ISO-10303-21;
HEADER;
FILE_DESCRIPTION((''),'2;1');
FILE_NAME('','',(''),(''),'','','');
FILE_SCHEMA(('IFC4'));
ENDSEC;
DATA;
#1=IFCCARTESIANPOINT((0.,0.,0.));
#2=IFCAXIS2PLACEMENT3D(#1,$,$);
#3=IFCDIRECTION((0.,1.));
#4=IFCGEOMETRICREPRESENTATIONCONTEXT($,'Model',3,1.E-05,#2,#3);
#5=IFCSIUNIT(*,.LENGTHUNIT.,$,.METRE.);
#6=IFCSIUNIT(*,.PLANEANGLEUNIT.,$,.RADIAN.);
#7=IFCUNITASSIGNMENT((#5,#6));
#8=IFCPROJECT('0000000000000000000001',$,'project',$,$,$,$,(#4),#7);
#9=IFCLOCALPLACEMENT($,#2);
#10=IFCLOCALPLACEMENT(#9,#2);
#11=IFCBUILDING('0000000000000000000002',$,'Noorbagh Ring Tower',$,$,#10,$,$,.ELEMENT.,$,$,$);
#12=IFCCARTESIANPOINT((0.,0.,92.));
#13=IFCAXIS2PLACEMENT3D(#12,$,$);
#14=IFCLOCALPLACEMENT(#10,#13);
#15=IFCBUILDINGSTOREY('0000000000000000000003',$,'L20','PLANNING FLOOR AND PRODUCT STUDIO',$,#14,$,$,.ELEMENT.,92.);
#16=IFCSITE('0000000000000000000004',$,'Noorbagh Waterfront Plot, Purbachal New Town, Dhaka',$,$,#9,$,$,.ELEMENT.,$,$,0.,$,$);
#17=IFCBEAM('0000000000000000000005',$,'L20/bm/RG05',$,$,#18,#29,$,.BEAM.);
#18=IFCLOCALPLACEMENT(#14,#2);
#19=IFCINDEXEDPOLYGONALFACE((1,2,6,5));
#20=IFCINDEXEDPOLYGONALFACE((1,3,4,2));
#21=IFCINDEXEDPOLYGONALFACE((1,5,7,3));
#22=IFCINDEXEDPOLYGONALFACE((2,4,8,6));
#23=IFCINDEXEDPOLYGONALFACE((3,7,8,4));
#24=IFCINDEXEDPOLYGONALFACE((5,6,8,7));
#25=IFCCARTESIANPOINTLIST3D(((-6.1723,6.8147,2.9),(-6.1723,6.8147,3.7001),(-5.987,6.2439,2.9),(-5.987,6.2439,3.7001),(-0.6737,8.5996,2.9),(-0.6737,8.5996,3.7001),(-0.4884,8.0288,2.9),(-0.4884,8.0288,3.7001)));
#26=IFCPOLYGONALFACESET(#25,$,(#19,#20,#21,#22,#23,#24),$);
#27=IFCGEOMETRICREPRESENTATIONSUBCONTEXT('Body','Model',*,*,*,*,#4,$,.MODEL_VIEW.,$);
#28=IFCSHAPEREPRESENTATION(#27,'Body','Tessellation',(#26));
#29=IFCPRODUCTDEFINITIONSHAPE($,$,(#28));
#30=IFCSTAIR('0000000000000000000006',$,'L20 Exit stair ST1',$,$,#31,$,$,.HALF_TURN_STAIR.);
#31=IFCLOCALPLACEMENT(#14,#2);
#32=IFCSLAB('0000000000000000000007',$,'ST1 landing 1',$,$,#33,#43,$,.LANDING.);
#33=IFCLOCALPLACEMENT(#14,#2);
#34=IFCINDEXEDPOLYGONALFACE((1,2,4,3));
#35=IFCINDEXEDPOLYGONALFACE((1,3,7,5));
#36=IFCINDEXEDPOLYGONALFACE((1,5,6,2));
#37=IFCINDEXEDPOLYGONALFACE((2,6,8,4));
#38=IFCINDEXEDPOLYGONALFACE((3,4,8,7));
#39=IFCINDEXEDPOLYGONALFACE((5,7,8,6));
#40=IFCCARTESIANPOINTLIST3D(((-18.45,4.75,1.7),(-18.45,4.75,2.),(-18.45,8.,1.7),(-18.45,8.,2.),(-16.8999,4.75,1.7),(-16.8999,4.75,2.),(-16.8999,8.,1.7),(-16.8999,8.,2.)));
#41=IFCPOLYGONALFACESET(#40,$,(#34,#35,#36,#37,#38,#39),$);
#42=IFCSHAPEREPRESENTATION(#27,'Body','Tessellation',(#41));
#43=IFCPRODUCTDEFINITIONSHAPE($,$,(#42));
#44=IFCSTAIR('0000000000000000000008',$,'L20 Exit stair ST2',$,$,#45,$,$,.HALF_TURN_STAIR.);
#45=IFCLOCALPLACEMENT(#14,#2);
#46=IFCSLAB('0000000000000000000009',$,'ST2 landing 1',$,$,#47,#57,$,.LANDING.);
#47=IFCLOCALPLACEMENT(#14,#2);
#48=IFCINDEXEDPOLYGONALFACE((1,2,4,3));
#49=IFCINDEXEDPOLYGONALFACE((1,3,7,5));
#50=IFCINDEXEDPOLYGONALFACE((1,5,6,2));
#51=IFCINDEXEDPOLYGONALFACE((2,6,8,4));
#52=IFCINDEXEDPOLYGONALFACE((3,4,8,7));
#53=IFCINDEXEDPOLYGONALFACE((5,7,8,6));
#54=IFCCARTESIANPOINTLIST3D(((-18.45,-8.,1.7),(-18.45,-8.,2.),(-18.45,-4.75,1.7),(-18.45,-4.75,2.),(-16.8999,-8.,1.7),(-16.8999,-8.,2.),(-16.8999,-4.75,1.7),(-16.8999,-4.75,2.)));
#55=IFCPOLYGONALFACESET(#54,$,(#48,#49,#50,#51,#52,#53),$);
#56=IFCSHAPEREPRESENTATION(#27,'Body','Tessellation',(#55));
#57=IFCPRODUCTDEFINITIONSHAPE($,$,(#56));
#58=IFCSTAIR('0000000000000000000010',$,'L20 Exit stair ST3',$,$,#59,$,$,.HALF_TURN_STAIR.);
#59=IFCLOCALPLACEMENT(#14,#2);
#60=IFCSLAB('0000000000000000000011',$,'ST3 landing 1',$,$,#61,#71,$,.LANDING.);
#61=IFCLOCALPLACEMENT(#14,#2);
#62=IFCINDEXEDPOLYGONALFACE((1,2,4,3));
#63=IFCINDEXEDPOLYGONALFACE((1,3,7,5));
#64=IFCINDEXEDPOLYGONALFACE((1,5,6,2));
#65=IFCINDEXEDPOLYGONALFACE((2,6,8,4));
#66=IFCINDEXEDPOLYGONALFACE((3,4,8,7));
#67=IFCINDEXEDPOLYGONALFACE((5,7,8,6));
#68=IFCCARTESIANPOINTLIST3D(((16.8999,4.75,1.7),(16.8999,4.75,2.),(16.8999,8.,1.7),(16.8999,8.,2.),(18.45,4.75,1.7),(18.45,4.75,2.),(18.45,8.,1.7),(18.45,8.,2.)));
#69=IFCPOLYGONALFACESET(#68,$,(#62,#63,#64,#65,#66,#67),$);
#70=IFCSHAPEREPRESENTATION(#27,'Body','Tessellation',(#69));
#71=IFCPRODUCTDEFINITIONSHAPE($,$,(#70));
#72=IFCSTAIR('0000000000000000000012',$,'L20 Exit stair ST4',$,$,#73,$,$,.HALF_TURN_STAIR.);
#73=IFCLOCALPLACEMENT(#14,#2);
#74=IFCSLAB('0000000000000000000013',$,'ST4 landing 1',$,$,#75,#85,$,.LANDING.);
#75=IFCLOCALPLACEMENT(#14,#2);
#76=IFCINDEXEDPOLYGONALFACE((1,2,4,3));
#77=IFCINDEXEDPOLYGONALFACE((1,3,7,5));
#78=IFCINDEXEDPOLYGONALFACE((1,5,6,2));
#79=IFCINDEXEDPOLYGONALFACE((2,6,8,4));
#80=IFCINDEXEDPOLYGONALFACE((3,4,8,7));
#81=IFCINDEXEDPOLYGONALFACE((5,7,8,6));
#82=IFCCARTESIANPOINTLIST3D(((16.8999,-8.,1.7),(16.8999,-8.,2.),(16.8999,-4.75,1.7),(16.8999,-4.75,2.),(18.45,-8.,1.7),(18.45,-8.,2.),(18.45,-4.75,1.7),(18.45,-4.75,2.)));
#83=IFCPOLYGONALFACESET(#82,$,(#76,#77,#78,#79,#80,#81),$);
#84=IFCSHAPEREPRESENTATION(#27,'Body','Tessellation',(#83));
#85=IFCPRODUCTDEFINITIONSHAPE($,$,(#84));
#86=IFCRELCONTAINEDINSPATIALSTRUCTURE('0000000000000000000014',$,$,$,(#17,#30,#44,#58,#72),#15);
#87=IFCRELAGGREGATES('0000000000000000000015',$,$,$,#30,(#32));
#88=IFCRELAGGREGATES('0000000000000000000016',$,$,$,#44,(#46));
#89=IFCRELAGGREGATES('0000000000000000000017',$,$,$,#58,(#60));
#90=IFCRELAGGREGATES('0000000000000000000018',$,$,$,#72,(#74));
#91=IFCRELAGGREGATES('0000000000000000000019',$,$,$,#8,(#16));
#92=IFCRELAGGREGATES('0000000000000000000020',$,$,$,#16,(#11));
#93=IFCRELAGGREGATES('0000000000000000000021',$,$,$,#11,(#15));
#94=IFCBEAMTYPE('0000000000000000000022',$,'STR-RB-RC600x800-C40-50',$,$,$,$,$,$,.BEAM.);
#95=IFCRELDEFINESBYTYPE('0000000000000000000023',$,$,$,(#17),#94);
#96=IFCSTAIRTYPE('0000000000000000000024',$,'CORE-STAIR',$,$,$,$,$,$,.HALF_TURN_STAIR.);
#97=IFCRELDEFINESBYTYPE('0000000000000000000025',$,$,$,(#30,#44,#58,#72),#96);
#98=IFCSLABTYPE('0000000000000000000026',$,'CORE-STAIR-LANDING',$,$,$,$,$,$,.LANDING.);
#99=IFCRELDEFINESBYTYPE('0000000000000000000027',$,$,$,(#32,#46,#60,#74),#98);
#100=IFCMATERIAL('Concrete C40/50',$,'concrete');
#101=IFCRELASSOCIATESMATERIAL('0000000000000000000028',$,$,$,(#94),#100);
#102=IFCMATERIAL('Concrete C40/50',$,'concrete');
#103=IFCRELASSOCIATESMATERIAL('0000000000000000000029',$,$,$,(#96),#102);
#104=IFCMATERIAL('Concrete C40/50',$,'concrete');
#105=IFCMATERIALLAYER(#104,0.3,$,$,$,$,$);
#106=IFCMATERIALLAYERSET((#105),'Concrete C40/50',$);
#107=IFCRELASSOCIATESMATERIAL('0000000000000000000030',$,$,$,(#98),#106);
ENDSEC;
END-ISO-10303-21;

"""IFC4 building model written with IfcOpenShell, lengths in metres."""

from ifc_helpers import new_model, si_unit, direction, frame, origin, origin_2d, place, context, subcontext, project, spatial, polyline, rectangle, outline, extrude, material, layer, layer_set, material_profile, profile_set, type_object, element, aggregate, save


model = new_model("IFC4")

# Units and contexts
model_context = context("Model", 3, precision=1e-05, world=origin(), true_north=direction((0.0, 1.0)))
body_context = subcontext(model_context, "Body", "Model", "MODEL_VIEW")
ifc_project = project(units=[si_unit("LENGTHUNIT", "METRE"), si_unit("PLANEANGLEUNIT", "RADIAN")], contexts=[model_context])

# Site, building, storey
site_placement = place(None, origin())
site = spatial("IfcSite", under=ifc_project, at=site_placement, Name="Noorbagh Waterfront Plot, Purbachal New Town, Dhaka", CompositionType="ELEMENT", RefElevation=0.0)
building_placement = place(site_placement, origin())
building = spatial("IfcBuilding", under=site, at=building_placement, Name="Noorbagh Ring Tower", CompositionType="ELEMENT")
storey_placement = place(building_placement, frame((0.0, 0.0, 92.0)))
storey = spatial("IfcBuildingStorey", under=building, at=storey_placement, Name="L20", Description="PLANNING FLOOR AND PRODUCT STUDIO", CompositionType="ELEMENT", Elevation=92.0)

# Beam
ifc_material_1 = material(Name="Concrete C40/50", Category="concrete")
ifc_material_profile_1 = material_profile(ifc_material_1, rectangle(XDim=0.6001, YDim=0.8, at=origin_2d()), Name="RC600x800")
ifc_profile_set_1 = profile_set([ifc_material_profile_1], Name="Concrete C40/50")
beam_type = type_object("IfcBeamType", Name="STR-RB-RC600x800-C40-50", PredefinedType="BEAM", material=ifc_profile_set_1)
beam_placement = place(storey_placement, frame((-0.5811, 8.3142, 3.3), z_axis=(-0.951141, -0.308756, 0.0), x_axis=(0.308756, -0.951141, 0.0)))
element("IfcBeam", 1, at=beam_placement, inside=storey, type_object=beam_type, Name="L20/bm/RG05", PredefinedType="BEAM", context=body_context, shape_type="SweptSolid", body=[
    extrude(rectangle(XDim=0.6001, YDim=0.8, at=origin_2d()), origin(), (0.0, 0.0, 1.0), 5.781),
])

# Stairs, slabs
ifc_material_2 = material(Name="Concrete C40/50", Category="concrete")
stair_type = type_object("IfcStairType", Name="CORE-STAIR", PredefinedType="HALF_TURN_STAIR", material=ifc_material_2)
stair_1_placement = place(storey_placement, origin())
stair_1 = element("IfcStair", 2, at=stair_1_placement, inside=storey, type_object=stair_type, Name="L20 Exit stair ST1", PredefinedType="HALF_TURN_STAIR")
ifc_material_3 = material(Name="Concrete C40/50", Category="concrete")
ifc_layer_1 = layer(ifc_material_3, 0.3)
ifc_layer_set_1 = layer_set([ifc_layer_1], Name="Concrete C40/50")
slab_type_1 = type_object("IfcSlabType", Name="CORE-STAIR-LANDING", PredefinedType="LANDING", material=ifc_layer_set_1)
slab_1_placement = place(storey_placement, frame((0.0, 0.0, 1.7)))
slab_1 = element("IfcSlab", 3, at=slab_1_placement, type_object=slab_type_1, Name="ST1 landing 1", PredefinedType="LANDING", context=body_context, shape_type="SweptSolid", body=[
    extrude(outline(polyline([(-18.45, 4.75), (-16.8999, 4.75), (-16.8999, 8.0), (-18.45, 8.0), (-18.45, 4.75)])), origin(), (0.0, 0.0, 1.0), 0.3),
])
aggregate(stair_1, [slab_1])
stair_2_placement = place(storey_placement, origin())
stair_2 = element("IfcStair", 4, at=stair_2_placement, inside=storey, type_object=stair_type, Name="L20 Exit stair ST2", PredefinedType="HALF_TURN_STAIR")
slab_2_placement = place(storey_placement, frame((0.0, 0.0, 1.7)))
slab_2 = element("IfcSlab", 5, at=slab_2_placement, type_object=slab_type_1, Name="ST2 landing 1", PredefinedType="LANDING", context=body_context, shape_type="SweptSolid", body=[
    extrude(outline(polyline([(-18.45, -8.0), (-16.8999, -8.0), (-16.8999, -4.75), (-18.45, -4.75), (-18.45, -8.0)])), origin(), (0.0, 0.0, 1.0), 0.3),
])
aggregate(stair_2, [slab_2])
stair_3_placement = place(storey_placement, origin())
stair_3 = element("IfcStair", 6, at=stair_3_placement, inside=storey, type_object=stair_type, Name="L20 Exit stair ST3", PredefinedType="HALF_TURN_STAIR")
slab_3_placement = place(storey_placement, frame((0.0, 0.0, 1.7)))
slab_3 = element("IfcSlab", 7, at=slab_3_placement, type_object=slab_type_1, Name="ST3 landing 1", PredefinedType="LANDING", context=body_context, shape_type="SweptSolid", body=[
    extrude(outline(polyline([(18.45, 8.0), (16.8999, 8.0), (16.8999, 4.75), (18.45, 4.75), (18.45, 8.0)])), origin(), (0.0, 0.0, 1.0), 0.3),
])
aggregate(stair_3, [slab_3])
stair_4_placement = place(storey_placement, origin())
stair_4 = element("IfcStair", 8, at=stair_4_placement, inside=storey, type_object=stair_type, Name="L20 Exit stair ST4", PredefinedType="HALF_TURN_STAIR")
slab_4_placement = place(storey_placement, frame((0.0, 0.0, 1.7)))
slab_4 = element("IfcSlab", 9, at=slab_4_placement, type_object=slab_type_1, Name="ST4 landing 1", PredefinedType="LANDING", context=body_context, shape_type="SweptSolid", body=[
    extrude(outline(polyline([(18.45, -4.75), (16.8999, -4.75), (16.8999, -8.0), (18.45, -8.0), (18.45, -4.75)])), origin(), (0.0, 0.0, 1.0), 0.3),
])
aggregate(stair_4, [slab_4])

save(model, "model.ifc")
